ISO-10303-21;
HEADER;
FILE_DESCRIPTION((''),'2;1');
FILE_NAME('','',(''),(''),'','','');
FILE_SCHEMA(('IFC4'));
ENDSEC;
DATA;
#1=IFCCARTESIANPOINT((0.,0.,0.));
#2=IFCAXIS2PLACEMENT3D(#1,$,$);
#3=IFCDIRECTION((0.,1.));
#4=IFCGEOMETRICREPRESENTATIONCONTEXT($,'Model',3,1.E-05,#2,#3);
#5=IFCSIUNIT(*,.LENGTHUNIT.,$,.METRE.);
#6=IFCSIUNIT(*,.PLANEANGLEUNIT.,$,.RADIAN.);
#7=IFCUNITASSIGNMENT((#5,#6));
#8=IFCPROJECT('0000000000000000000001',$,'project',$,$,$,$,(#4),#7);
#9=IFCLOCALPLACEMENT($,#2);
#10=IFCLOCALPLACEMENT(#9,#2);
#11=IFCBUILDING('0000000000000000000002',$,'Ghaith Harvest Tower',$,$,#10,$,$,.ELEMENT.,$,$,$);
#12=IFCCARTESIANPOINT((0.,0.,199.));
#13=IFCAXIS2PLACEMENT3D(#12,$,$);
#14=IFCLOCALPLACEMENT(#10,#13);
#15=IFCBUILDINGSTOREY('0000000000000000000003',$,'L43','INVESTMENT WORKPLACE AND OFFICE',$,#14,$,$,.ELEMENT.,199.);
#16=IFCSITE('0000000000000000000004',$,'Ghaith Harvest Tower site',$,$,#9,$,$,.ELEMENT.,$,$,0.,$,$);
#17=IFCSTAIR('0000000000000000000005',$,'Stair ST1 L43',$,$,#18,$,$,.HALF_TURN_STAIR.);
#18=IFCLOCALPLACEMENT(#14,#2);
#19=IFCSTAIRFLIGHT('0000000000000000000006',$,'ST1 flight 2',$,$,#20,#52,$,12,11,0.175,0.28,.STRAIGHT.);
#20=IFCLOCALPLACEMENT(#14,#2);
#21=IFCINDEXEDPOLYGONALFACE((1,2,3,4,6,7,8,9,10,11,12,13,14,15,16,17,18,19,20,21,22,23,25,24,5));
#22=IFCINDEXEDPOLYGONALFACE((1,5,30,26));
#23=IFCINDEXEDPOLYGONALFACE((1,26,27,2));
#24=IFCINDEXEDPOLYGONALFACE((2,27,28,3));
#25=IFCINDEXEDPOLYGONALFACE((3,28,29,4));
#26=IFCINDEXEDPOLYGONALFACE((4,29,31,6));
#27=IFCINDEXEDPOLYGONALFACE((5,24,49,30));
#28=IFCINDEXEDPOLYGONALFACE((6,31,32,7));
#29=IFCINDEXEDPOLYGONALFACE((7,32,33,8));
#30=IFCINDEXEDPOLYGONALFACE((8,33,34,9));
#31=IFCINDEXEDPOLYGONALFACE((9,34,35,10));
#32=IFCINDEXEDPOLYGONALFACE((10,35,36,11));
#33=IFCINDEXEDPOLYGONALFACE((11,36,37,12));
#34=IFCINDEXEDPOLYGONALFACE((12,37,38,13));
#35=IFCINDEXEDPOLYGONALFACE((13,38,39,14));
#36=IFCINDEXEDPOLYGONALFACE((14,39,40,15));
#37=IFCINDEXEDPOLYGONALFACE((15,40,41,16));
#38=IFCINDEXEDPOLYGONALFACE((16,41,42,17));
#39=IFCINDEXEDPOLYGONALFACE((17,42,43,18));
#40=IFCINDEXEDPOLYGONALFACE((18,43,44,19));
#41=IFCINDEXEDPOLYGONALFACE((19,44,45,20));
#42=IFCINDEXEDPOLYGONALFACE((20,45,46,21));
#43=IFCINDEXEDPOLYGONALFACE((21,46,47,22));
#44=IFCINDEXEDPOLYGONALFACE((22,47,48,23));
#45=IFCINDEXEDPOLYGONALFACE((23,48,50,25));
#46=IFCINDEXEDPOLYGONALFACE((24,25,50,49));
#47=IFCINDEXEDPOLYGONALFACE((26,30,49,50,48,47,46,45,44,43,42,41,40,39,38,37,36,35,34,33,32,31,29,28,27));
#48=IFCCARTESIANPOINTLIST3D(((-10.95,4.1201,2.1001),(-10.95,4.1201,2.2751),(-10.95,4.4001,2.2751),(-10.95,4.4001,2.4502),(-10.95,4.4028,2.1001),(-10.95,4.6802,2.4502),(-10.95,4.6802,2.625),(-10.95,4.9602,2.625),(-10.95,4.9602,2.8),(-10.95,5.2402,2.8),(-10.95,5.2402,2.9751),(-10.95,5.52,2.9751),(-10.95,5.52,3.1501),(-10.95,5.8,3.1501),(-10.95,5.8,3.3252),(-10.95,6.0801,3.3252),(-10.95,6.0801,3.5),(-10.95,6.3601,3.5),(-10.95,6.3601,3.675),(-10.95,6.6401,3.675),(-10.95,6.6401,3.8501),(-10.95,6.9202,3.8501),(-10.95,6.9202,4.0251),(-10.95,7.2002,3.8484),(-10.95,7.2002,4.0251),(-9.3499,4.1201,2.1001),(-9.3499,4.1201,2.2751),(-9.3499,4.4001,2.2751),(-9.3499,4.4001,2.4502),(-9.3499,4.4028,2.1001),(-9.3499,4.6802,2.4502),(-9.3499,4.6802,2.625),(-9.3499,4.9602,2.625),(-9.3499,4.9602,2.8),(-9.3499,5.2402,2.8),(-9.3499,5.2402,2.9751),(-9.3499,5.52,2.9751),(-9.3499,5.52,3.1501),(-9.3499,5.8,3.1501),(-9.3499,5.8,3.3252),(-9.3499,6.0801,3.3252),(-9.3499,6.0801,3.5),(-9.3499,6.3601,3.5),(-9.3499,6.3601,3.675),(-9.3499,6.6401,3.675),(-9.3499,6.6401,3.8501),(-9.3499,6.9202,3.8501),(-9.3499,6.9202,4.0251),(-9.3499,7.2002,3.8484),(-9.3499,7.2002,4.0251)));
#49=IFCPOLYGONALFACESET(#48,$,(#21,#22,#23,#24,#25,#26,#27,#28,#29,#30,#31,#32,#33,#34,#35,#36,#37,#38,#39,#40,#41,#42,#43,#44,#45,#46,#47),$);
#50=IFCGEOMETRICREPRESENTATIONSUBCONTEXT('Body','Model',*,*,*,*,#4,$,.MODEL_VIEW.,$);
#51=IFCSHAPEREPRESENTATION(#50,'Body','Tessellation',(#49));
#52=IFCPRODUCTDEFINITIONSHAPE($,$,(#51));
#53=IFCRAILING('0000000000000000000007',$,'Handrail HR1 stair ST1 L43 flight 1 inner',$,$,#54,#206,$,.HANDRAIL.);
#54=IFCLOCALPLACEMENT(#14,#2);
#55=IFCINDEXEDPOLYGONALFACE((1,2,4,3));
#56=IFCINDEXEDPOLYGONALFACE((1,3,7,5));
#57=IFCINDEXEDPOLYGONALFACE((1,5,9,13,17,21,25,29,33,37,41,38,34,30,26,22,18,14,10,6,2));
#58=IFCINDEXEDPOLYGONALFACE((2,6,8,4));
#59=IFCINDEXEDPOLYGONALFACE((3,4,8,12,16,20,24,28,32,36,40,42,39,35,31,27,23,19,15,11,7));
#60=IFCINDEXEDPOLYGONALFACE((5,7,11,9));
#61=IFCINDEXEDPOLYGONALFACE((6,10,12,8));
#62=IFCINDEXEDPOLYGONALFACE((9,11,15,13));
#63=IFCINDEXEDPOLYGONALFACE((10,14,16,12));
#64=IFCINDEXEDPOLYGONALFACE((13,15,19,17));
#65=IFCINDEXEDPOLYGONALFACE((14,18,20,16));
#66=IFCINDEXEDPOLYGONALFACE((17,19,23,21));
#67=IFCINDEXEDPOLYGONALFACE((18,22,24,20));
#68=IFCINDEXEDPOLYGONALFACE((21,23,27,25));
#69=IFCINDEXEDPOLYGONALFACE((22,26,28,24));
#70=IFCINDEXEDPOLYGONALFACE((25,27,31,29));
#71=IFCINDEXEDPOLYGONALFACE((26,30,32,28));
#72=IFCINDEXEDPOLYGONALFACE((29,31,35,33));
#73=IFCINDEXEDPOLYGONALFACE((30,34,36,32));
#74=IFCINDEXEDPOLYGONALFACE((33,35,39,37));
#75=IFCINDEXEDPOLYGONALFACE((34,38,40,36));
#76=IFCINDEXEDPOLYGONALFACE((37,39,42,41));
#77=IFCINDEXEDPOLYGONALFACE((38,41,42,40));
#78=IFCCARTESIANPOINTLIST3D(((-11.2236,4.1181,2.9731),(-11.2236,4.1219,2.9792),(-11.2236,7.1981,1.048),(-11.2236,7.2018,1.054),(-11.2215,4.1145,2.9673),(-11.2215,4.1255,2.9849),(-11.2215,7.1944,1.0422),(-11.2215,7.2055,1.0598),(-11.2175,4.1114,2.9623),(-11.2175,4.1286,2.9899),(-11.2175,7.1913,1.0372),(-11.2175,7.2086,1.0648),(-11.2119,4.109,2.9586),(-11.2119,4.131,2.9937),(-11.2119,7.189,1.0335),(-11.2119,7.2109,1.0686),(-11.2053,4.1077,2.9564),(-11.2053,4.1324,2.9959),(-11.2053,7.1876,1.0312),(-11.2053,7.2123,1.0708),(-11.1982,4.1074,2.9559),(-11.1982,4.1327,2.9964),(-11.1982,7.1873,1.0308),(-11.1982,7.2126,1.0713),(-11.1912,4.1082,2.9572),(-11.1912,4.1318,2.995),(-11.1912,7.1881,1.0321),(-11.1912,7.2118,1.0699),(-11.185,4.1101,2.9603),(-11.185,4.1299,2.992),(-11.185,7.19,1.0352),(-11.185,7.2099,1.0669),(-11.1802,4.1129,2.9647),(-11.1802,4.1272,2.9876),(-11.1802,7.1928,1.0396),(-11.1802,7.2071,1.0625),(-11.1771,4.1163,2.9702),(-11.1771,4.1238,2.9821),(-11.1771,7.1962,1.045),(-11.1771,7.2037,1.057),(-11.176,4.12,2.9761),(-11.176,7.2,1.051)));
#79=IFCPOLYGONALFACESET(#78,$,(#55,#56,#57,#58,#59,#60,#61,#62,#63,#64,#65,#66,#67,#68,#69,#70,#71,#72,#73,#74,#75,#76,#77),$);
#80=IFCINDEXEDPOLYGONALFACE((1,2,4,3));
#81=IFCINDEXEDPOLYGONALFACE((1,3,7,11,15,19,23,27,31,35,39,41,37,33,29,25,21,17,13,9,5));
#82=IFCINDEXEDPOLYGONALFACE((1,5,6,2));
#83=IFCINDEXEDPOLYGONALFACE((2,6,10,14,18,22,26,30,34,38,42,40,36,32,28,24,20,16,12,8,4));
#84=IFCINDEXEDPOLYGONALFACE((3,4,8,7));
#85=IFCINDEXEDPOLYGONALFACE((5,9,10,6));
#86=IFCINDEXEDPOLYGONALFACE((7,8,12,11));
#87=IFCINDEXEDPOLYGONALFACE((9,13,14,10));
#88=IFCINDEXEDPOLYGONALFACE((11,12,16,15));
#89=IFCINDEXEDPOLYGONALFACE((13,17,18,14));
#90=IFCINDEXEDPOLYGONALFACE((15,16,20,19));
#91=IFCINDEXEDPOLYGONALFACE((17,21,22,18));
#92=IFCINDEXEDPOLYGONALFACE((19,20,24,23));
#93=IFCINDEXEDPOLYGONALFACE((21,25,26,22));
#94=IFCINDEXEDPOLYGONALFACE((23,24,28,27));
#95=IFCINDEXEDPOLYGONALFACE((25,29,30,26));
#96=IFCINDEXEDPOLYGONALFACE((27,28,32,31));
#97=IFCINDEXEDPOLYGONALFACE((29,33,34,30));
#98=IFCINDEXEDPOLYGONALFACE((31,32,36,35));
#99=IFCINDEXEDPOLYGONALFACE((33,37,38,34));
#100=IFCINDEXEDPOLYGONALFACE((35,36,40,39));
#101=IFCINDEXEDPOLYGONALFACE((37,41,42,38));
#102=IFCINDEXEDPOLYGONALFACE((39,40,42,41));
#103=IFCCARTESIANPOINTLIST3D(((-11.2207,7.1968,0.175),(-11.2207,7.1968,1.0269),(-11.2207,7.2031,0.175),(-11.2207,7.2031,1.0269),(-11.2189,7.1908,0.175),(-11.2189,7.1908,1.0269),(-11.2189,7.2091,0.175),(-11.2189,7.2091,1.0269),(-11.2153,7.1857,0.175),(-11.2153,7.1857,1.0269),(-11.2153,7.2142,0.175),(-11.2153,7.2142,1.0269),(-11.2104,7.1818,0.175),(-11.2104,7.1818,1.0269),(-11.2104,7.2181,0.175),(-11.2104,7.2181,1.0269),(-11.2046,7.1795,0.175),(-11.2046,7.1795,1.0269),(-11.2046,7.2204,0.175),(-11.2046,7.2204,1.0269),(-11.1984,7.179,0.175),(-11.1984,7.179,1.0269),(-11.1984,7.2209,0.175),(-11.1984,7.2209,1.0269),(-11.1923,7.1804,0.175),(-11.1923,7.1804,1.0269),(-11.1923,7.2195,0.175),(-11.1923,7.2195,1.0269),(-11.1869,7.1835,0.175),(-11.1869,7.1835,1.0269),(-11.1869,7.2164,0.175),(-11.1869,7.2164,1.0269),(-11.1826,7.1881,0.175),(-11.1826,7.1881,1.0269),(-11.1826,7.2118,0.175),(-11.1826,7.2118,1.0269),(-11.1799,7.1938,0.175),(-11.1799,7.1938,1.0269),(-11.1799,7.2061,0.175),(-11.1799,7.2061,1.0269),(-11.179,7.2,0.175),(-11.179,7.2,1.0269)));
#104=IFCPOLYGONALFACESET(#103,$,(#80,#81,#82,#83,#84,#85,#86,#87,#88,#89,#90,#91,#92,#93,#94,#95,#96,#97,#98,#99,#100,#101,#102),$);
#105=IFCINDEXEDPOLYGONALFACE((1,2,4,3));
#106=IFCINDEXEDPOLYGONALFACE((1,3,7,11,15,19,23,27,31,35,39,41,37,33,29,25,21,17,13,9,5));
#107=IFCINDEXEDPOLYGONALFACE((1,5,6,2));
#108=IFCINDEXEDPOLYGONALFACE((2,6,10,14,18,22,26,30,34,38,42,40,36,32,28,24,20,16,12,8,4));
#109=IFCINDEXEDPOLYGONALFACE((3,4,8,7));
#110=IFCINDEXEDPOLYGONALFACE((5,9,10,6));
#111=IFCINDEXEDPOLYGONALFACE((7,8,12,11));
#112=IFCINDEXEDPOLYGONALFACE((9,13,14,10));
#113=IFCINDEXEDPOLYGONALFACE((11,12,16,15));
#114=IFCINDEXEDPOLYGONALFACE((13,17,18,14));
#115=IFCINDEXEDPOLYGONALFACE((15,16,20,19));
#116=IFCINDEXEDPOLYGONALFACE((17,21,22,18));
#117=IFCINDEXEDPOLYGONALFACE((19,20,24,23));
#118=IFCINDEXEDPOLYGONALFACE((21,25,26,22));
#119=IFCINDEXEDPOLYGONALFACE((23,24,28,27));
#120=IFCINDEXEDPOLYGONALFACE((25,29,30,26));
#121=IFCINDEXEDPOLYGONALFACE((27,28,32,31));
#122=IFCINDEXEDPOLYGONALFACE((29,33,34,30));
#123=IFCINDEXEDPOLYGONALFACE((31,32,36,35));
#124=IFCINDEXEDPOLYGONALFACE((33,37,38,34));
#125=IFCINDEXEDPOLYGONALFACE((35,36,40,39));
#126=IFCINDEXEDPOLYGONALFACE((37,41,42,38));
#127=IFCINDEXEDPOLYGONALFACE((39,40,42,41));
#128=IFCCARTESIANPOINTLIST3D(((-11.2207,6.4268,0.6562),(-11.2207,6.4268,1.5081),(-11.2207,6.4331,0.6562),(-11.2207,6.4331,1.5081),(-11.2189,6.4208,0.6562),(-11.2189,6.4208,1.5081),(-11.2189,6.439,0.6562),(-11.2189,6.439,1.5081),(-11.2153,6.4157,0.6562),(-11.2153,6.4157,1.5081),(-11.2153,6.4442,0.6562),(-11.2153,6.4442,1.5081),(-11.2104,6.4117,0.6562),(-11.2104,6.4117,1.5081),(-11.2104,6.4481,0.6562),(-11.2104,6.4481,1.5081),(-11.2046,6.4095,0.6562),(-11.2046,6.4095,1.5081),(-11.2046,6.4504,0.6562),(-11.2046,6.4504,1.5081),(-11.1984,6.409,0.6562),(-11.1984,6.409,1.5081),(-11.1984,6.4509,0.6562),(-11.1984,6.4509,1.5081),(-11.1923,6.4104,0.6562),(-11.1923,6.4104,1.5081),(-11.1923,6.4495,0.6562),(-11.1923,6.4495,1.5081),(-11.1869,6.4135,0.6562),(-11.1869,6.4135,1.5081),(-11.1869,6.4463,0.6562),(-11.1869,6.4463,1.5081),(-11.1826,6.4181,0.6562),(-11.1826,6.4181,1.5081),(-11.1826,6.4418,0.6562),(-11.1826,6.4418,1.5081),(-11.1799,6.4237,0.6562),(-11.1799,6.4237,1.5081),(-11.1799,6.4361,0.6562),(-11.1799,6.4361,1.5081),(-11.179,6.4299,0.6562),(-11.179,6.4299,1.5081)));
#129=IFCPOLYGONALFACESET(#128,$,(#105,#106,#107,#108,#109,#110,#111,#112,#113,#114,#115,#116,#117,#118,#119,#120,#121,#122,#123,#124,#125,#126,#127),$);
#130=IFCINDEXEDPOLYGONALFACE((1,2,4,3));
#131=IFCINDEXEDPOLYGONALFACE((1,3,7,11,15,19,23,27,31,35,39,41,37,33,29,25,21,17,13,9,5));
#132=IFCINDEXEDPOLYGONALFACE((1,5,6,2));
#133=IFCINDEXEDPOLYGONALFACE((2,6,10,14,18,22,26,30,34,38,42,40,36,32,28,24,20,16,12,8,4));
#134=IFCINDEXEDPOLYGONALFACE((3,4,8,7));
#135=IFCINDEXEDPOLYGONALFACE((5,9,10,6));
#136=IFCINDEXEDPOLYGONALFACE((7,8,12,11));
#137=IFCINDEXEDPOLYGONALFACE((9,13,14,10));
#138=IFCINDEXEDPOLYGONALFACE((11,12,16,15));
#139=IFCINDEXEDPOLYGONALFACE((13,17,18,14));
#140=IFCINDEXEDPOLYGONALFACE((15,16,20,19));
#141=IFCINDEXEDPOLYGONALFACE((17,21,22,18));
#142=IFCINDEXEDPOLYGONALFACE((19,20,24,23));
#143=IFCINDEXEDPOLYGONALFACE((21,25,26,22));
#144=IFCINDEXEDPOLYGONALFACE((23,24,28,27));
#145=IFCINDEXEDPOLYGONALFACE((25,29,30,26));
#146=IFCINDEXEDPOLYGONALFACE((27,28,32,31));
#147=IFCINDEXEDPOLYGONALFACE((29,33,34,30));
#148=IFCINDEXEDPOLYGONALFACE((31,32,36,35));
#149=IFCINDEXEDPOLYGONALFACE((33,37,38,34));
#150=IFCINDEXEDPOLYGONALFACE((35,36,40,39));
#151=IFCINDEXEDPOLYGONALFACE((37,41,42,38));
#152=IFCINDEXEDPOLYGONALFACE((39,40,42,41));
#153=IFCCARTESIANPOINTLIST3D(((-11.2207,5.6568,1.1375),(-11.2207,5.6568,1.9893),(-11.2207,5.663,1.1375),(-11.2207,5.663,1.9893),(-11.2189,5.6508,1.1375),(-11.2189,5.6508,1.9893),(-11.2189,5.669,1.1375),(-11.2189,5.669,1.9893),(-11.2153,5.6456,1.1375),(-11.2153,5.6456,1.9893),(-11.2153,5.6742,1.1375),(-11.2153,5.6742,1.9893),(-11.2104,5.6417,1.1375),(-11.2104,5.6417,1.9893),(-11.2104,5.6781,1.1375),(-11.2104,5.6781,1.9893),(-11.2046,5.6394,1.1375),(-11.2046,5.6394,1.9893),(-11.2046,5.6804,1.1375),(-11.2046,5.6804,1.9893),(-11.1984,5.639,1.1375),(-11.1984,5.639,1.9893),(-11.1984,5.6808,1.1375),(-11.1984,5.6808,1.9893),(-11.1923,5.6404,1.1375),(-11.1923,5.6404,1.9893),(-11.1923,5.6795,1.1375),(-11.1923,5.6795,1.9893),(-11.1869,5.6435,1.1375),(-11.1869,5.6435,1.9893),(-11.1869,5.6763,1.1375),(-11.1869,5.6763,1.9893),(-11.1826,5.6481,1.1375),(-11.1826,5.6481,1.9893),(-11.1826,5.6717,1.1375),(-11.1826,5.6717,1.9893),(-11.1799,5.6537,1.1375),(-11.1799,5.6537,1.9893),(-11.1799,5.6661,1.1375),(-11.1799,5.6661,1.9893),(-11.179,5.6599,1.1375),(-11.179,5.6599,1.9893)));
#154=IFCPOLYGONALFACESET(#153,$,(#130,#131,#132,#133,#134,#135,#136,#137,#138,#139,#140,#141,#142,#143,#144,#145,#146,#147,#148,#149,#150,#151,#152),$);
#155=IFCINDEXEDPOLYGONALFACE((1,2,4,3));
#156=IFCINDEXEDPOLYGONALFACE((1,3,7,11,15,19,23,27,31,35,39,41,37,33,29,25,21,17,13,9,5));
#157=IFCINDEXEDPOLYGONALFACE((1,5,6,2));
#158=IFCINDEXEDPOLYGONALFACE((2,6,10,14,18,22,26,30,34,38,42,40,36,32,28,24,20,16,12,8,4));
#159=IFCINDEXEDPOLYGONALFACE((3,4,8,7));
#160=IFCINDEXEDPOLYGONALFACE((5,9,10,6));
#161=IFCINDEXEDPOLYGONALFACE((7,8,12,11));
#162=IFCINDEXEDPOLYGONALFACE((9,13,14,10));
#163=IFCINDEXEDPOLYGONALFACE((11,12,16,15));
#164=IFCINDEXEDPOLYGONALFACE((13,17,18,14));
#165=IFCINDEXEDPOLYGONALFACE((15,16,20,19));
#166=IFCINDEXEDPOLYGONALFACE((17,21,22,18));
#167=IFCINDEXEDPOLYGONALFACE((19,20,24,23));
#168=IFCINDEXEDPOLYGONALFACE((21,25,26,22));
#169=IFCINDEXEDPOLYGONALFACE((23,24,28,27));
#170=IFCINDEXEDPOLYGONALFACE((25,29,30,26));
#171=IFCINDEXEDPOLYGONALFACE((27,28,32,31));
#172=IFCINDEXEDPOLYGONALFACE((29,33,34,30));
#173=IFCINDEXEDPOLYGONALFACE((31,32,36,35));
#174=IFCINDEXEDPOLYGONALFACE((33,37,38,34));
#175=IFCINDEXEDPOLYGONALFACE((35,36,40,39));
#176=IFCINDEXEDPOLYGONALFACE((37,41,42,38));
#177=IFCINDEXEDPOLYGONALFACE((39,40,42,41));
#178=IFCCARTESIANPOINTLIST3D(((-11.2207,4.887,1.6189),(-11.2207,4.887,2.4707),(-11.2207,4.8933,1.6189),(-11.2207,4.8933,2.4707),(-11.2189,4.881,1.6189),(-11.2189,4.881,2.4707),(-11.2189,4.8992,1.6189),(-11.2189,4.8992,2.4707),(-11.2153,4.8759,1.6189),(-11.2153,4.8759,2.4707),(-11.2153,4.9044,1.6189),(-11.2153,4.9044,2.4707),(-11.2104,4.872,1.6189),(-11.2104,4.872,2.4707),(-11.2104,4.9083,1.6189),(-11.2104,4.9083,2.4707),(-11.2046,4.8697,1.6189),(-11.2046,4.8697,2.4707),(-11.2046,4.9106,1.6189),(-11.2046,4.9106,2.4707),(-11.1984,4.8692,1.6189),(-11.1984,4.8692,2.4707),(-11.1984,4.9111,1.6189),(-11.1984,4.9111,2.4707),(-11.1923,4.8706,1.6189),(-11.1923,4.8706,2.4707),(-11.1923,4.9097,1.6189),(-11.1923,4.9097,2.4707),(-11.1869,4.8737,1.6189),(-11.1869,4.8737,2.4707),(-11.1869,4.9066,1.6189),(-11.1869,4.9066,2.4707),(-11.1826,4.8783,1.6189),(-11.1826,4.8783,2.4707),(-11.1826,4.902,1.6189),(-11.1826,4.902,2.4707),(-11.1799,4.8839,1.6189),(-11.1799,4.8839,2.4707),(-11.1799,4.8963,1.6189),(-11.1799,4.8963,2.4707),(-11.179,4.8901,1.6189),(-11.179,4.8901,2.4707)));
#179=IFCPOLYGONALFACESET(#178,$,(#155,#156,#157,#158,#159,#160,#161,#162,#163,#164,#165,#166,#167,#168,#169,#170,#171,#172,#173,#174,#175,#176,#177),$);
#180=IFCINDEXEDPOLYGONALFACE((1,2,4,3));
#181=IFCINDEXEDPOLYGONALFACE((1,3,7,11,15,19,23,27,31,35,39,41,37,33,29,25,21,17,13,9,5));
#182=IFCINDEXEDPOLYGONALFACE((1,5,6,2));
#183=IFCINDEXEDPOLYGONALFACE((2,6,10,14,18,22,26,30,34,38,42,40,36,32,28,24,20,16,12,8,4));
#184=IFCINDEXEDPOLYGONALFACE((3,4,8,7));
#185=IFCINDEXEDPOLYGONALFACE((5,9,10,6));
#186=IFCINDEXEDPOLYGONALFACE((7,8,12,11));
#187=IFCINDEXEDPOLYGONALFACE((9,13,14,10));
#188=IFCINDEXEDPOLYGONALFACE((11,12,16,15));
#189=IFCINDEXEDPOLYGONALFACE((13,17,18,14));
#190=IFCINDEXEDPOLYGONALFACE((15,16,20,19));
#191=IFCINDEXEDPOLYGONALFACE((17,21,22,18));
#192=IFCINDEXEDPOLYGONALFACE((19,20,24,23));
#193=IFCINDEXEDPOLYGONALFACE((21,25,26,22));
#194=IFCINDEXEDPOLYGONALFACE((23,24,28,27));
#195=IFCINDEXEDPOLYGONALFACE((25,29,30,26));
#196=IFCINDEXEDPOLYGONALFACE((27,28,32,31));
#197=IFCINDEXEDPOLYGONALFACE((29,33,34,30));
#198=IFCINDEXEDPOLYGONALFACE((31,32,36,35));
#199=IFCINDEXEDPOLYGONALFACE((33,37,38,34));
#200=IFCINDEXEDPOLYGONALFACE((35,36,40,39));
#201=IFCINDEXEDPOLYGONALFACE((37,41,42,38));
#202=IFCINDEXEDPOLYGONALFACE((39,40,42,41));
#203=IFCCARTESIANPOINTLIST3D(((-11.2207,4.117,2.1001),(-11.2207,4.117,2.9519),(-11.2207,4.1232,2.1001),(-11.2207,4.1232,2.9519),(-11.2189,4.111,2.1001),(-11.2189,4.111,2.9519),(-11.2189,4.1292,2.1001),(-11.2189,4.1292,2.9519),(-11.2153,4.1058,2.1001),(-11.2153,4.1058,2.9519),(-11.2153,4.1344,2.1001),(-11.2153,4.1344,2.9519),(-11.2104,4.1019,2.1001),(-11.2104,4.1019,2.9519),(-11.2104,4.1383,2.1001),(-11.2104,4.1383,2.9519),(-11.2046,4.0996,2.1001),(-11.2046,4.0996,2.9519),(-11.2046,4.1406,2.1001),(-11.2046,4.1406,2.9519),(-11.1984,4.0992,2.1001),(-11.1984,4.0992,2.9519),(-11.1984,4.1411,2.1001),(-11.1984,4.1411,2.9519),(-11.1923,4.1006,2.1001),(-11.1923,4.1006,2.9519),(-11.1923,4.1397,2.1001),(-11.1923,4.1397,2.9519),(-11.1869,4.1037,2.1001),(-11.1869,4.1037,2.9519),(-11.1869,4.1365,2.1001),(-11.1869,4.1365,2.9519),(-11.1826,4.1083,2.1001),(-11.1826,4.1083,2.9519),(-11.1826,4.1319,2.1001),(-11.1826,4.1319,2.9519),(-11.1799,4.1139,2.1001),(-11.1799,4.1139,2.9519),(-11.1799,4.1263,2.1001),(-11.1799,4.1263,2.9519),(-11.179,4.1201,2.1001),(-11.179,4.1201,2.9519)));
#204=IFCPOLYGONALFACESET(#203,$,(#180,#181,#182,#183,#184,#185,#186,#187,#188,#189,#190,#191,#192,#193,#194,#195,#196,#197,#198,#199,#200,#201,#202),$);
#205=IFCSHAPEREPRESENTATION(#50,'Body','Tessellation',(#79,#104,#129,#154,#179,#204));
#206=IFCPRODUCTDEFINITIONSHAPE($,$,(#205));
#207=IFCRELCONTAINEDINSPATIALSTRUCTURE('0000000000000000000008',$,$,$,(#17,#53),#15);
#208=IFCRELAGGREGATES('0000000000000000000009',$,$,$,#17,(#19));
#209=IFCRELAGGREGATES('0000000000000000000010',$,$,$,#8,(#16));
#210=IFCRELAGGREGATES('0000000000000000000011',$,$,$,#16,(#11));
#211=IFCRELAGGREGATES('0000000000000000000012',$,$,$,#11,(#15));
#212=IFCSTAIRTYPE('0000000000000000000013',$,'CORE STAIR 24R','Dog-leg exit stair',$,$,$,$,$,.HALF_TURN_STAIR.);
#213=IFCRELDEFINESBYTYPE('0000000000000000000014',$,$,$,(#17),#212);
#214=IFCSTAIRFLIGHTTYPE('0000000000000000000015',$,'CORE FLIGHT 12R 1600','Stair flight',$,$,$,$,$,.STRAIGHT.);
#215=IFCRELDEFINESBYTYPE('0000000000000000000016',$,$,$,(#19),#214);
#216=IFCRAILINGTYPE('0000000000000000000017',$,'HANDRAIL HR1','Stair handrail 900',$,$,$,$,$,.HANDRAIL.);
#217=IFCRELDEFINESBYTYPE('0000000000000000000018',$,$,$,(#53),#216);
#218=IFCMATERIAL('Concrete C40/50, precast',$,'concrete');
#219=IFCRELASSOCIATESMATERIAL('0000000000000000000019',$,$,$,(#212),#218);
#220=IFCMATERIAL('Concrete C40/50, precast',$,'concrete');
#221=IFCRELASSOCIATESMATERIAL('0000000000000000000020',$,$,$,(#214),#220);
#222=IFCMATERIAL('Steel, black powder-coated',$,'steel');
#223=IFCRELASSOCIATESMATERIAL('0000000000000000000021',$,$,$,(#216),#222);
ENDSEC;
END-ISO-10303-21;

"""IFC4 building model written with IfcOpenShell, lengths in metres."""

from ifc_helpers import new_model, si_unit, direction, frame, origin, origin_2d, place, context, subcontext, project, spatial, polyline, circle, outline, extrude, material, type_object, element, aggregate, save


model = new_model("IFC4")

# Units and contexts
model_context = context("Model", 3, precision=1e-05, world=origin(), true_north=direction((0.0, 1.0)))
body_context = subcontext(model_context, "Body", "Model", "MODEL_VIEW")
ifc_project = project(units=[si_unit("LENGTHUNIT", "METRE"), si_unit("PLANEANGLEUNIT", "RADIAN")], contexts=[model_context])

# Site, building, storey
site_placement = place(None, origin())
site = spatial("IfcSite", under=ifc_project, at=site_placement, Name="Ghaith Harvest Tower site", CompositionType="ELEMENT", RefElevation=0.0)
building_placement = place(site_placement, origin())
building = spatial("IfcBuilding", under=site, at=building_placement, Name="Ghaith Harvest Tower", CompositionType="ELEMENT")
storey_placement = place(building_placement, frame((0.0, 0.0, 199.0)))
storey = spatial("IfcBuildingStorey", under=building, at=storey_placement, Name="L43", Description="INVESTMENT WORKPLACE AND OFFICE", CompositionType="ELEMENT", Elevation=199.0)

# Stair
ifc_material_1 = material(Name="Concrete C40/50, precast", Category="concrete")
stair_type = type_object("IfcStairType", Name="CORE STAIR 24R", Description="Dog-leg exit stair", PredefinedType="HALF_TURN_STAIR", material=ifc_material_1)
stair_1_placement = place(storey_placement, origin())
stair_1 = element("IfcStair", 1, at=stair_1_placement, inside=storey, type_object=stair_type, Name="Stair ST1 L43", PredefinedType="HALF_TURN_STAIR")

# Stair flight
ifc_material_2 = material(Name="Concrete C40/50, precast", Category="concrete")
stair_flight_type = type_object("IfcStairFlightType", Name="CORE FLIGHT 12R 1600", Description="Stair flight", PredefinedType="STRAIGHT", material=ifc_material_2)
stair_flight_placement = place(storey_placement, frame((-10.1499, 4.1201, 2.1001), z_axis=(0.0, 0.0, 1.0), x_axis=(0.0, 1.0, 0.0)))
stair_flight = element("IfcStairFlight", 2, at=stair_flight_placement, type_object=stair_flight_type, Name="ST1 flight 2", NumberOfRisers=12, NumberOfTreads=11, PredefinedType="STRAIGHT", RiserHeight=0.175, TreadLength=0.28, context=body_context, shape_type="SweptSolid", body=[
    extrude(outline(polyline([(0.0, 0.0), (0.0, 0.175), (0.28, 0.175), (0.28, 0.3501), (0.5601, 0.3501), (0.5601, 0.5249), (0.8401, 0.5249), (0.8401, 0.7), (1.1201, 0.7), (1.1201, 0.875), (1.3999, 0.875), (1.3999, 1.05), (1.6799, 1.05), (1.6799, 1.2251), (1.96, 1.2251), (1.96, 1.3999), (2.24, 1.3999), (2.24, 1.575), (2.52, 1.575), (2.52, 1.75), (2.8, 1.75), (2.8, 1.925), (3.0801, 1.925), (3.0801, 2.1001), (3.0801, 1.7483), (0.2827, 0.0), (0.0, 0.0)])), frame((0.0, 0.8, 0.0), z_axis=(0.0, -1.0, 0.0), x_axis=(1.0, 0.0, 0.0)), (0.0, 0.0, 1.0), 1.6001),
])
aggregate(stair_1, [stair_flight])

# Railing
ifc_material_3 = material(Name="Steel, black powder-coated", Category="steel")
railing_type = type_object("IfcRailingType", Name="HANDRAIL HR1", Description="Stair handrail 900", PredefinedType="HANDRAIL", material=ifc_material_3)
railing_1_placement = place(storey_placement, frame((-11.2, 7.2, 0.175)))
element("IfcRailing", 3, at=railing_1_placement, inside=storey, type_object=railing_type, Name="Handrail HR1 stair ST1 L43 flight 1 inner", PredefinedType="HANDRAIL", context=body_context, shape_type="SweptSolid", body=[
    extrude(circle(Radius=0.0239, at=origin_2d()), frame((0.0, 0.0, 0.876), z_axis=(0.0, -0.847979, 0.530029), x_axis=(1.0, 0.0, 0.0)), (0.0, 0.0, 1.0), 3.6321),
    extrude(circle(Radius=0.021, at=origin_2d()), origin(), (0.0, 0.0, 1.0), 0.8518),
    extrude(circle(Radius=0.021, at=origin_2d()), frame((0.0, -0.77, 0.4812)), (0.0, 0.0, 1.0), 0.8518),
    extrude(circle(Radius=0.021, at=origin_2d()), frame((0.0, -1.54, 0.9624)), (0.0, 0.0, 1.0), 0.8518),
    extrude(circle(Radius=0.021, at=origin_2d()), frame((0.0, -2.3098, 1.4438)), (0.0, 0.0, 1.0), 0.8518),
    extrude(circle(Radius=0.021, at=origin_2d()), frame((0.0, -3.0798, 1.925)), (0.0, 0.0, 1.0), 0.8518),
])

save(model, "model.ifc")
